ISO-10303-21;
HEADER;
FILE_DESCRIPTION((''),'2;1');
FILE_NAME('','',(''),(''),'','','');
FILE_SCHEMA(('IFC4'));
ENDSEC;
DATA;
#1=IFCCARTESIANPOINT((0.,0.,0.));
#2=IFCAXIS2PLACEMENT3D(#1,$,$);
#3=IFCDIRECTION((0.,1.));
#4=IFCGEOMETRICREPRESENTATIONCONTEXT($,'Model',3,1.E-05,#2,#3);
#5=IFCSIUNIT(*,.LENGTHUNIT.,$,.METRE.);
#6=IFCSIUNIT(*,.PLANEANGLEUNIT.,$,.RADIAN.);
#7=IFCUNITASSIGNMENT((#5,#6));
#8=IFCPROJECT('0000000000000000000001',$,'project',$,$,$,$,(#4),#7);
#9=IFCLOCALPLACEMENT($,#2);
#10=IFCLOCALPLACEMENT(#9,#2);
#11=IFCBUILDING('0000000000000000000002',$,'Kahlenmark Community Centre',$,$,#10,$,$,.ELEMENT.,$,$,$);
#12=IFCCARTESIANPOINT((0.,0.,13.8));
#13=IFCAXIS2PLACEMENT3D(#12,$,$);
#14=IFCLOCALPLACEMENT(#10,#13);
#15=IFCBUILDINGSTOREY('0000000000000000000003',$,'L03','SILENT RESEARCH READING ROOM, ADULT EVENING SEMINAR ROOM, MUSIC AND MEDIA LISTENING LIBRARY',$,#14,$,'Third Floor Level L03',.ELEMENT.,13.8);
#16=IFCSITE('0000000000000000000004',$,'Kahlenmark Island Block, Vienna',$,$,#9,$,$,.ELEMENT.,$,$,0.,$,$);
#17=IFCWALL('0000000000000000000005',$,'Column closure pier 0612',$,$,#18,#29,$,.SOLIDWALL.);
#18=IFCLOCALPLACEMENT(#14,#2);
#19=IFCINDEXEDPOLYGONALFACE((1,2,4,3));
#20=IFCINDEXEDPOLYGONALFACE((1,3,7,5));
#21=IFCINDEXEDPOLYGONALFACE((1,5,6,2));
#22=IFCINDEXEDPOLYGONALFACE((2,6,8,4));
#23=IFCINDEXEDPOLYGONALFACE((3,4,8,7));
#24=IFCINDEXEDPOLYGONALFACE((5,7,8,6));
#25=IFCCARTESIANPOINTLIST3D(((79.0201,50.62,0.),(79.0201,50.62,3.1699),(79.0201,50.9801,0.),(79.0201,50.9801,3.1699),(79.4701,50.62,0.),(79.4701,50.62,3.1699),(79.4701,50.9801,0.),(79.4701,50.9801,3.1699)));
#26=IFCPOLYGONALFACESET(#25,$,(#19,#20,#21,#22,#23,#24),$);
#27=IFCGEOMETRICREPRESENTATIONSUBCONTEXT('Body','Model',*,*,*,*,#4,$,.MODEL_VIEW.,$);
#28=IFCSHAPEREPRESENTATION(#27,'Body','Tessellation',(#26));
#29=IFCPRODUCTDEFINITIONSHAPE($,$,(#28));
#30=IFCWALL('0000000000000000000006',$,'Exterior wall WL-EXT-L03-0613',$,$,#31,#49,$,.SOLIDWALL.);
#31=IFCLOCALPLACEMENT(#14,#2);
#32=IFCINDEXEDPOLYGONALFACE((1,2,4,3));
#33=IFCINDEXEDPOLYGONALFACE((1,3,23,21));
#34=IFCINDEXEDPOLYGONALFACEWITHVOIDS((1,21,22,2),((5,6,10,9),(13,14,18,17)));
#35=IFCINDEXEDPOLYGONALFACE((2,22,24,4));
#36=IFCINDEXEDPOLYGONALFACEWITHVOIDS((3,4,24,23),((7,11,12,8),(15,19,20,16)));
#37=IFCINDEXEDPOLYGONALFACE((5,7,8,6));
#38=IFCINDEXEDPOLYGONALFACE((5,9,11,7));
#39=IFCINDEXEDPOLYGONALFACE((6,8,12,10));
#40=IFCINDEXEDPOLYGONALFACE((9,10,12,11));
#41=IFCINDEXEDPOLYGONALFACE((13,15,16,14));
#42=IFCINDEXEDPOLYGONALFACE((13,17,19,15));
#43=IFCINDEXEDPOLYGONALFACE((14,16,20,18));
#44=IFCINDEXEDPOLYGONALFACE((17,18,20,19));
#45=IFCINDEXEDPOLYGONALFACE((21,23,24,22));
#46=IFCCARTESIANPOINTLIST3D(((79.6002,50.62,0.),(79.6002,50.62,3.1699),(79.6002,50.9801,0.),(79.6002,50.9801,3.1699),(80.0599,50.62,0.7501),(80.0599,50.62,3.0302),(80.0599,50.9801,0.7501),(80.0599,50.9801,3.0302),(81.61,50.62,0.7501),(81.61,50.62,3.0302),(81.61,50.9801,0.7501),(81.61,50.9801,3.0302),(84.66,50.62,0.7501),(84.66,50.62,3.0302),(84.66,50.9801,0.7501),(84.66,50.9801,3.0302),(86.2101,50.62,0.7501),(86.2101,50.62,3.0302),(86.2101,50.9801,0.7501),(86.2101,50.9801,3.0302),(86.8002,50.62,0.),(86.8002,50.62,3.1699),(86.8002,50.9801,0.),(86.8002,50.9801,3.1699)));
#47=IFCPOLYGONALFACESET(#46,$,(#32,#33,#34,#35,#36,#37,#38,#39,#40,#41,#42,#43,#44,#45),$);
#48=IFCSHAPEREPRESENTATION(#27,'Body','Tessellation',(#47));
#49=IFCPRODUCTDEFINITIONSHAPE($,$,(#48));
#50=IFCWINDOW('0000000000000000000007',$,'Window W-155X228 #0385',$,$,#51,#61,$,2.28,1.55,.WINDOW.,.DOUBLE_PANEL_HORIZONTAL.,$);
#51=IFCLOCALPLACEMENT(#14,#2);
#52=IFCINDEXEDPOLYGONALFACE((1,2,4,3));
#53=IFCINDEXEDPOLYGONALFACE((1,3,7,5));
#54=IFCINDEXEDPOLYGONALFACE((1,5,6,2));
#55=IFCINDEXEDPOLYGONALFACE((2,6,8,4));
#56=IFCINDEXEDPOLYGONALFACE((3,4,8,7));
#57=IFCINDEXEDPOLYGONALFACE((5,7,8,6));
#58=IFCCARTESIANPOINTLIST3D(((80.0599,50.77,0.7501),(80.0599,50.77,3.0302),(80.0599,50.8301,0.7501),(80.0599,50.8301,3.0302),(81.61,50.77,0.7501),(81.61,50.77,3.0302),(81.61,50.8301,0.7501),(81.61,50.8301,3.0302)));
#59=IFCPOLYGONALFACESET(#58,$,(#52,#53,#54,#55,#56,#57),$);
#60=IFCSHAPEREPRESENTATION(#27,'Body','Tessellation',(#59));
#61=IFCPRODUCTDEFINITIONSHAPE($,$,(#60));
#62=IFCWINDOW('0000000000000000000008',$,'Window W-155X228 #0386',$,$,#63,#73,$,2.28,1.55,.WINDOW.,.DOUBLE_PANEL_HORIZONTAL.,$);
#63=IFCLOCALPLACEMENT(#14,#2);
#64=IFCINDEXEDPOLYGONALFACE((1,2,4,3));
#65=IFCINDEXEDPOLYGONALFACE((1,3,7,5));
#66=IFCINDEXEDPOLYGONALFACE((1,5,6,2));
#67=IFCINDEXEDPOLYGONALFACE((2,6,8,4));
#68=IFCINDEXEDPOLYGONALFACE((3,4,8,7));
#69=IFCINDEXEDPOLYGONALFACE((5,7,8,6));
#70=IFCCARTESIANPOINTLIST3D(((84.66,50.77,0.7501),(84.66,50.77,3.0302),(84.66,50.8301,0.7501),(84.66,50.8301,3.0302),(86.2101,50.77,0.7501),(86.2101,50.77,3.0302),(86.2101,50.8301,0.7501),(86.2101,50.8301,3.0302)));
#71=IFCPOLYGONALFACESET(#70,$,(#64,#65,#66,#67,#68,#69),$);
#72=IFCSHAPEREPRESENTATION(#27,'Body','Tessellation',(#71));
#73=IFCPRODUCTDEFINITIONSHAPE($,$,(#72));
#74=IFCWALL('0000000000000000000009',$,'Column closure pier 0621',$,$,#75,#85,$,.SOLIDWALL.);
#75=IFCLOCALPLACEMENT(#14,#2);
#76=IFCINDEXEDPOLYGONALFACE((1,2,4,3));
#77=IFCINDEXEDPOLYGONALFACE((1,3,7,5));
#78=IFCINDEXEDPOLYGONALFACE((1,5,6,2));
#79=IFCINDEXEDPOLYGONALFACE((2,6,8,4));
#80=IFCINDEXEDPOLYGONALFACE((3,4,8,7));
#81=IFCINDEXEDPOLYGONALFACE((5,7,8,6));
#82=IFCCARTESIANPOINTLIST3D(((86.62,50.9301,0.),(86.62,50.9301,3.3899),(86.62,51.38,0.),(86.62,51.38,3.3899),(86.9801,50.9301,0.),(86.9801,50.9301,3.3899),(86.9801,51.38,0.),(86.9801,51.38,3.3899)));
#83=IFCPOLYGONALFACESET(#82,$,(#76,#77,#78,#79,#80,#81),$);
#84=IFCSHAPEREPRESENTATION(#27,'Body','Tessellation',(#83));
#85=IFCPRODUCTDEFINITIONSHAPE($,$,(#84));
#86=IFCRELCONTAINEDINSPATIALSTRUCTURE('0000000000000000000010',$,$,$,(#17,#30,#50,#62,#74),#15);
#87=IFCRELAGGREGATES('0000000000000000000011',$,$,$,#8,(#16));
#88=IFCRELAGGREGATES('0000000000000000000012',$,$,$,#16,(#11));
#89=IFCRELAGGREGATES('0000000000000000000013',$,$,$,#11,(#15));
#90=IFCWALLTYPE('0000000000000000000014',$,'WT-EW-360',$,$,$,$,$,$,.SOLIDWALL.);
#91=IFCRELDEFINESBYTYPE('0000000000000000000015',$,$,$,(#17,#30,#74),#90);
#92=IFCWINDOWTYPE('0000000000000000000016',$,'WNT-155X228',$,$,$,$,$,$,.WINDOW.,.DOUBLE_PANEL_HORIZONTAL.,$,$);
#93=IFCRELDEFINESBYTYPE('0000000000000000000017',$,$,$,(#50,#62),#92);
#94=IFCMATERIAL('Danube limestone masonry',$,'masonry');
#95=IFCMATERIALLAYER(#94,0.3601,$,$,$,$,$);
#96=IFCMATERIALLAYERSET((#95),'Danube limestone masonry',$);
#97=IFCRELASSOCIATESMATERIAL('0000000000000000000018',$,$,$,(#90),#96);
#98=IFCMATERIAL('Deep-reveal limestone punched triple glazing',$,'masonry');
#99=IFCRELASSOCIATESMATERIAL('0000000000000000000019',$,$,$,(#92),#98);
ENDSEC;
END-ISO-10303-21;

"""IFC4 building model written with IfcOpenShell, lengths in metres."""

from ifc_helpers import new_model, si_unit, direction, frame, frame_2d, origin, place, context, subcontext, project, spatial, rectangle, extrude, material, layer, layer_set, type_object, element, fill, save


model = new_model("IFC4")

# Units and contexts
model_context = context("Model", 3, precision=1e-05, world=origin(), true_north=direction((0.0, 1.0)))
body_context = subcontext(model_context, "Body", "Model", "MODEL_VIEW")
ifc_project = project(units=[si_unit("LENGTHUNIT", "METRE"), si_unit("PLANEANGLEUNIT", "RADIAN")], contexts=[model_context])

# Site, building, storey
site_placement = place(None, origin())
site = spatial("IfcSite", under=ifc_project, at=site_placement, Name="Kahlenmark Island Block, Vienna", CompositionType="ELEMENT", RefElevation=0.0)
building_placement = place(site_placement, origin())
building = spatial("IfcBuilding", under=site, at=building_placement, Name="Kahlenmark Community Centre", CompositionType="ELEMENT")
storey_placement = place(building_placement, frame((0.0, 0.0, 13.8)))
storey = spatial("IfcBuildingStorey", under=building, at=storey_placement, Name="L03", Description="SILENT RESEARCH READING ROOM, ADULT EVENING SEMINAR ROOM, MUSIC AND MEDIA LISTENING LIBRARY", LongName="Third Floor Level L03", CompositionType="ELEMENT", Elevation=13.8)

# Wall
ifc_material_1 = material(Name="Danube limestone masonry", Category="masonry")
ifc_layer_1 = layer(ifc_material_1, 0.3601)
ifc_layer_set_1 = layer_set([ifc_layer_1], Name="Danube limestone masonry")
wall_type_1 = type_object("IfcWallType", Name="WT-EW-360", PredefinedType="SOLIDWALL", material=ifc_layer_set_1)
wall_1_placement = place(storey_placement, frame((79.02, 50.8, 0.0), z_axis=(0.0, 0.0, 1.0), x_axis=(1.0, 0.0, 0.0)))
element("IfcWall", 1, at=wall_1_placement, inside=storey, type_object=wall_type_1, Name="Column closure pier 0612", PredefinedType="SOLIDWALL", context=body_context, shape_type="SweptSolid", body=[
    extrude(rectangle(XDim=0.45, YDim=0.3601, at=frame_2d((0.2251, 0.0))), origin(), (0.0, 0.0, 1.0), 3.1699),
])

# Wall, openings, windows
wall_2_placement = place(storey_placement, frame((79.6001, 50.8, 0.0), z_axis=(0.0, 0.0, 1.0), x_axis=(1.0, 0.0, 0.0)))
wall_2 = element("IfcWall", 2, at=wall_2_placement, inside=storey, type_object=wall_type_1, Name="Exterior wall WL-EXT-L03-0613", PredefinedType="SOLIDWALL", context=body_context, shape_type="SweptSolid", body=[
    extrude(rectangle(XDim=7.2, YDim=0.3601, at=frame_2d((3.6001, 0.0))), origin(), (0.0, 0.0, 1.0), 3.1699),
])
opening_1_placement = place(wall_2_placement, frame((0.46, 0.0, 0.75)))
opening_1 = element("IfcOpeningElement", 3, at=opening_1_placement, cuts=wall_2, PredefinedType="OPENING", context=body_context, shape_type="SweptSolid", body=[
    extrude(rectangle(XDim=1.55, YDim=2.28, at=frame_2d((0.7749, 1.1401))), frame((0.0, 0.1899, 0.0), z_axis=(0.0, -1.0, 0.0), x_axis=(1.0, 0.0, 0.0)), (0.0, 0.0, 1.0), 0.3801),
])
opening_2_placement = place(wall_2_placement, frame((5.0601, 0.0, 0.75)))
opening_2 = element("IfcOpeningElement", 4, at=opening_2_placement, cuts=wall_2, PredefinedType="OPENING", context=body_context, shape_type="SweptSolid", body=[
    extrude(rectangle(XDim=1.55, YDim=2.28, at=frame_2d((0.7749, 1.1401))), frame((0.0, 0.1899, 0.0), z_axis=(0.0, -1.0, 0.0), x_axis=(1.0, 0.0, 0.0)), (0.0, 0.0, 1.0), 0.3801),
])
ifc_material_2 = material(Name="Deep-reveal limestone punched triple glazing", Category="masonry")
window_type = type_object("IfcWindowType", Name="WNT-155X228", PartitioningType="DOUBLE_PANEL_HORIZONTAL", PredefinedType="WINDOW", material=ifc_material_2)
window_1_placement = place(opening_1_placement, origin())
window_1 = element("IfcWindow", 5, at=window_1_placement, inside=storey, type_object=window_type, Name="Window W-155X228 #0385", OverallHeight=2.28, OverallWidth=1.55, PartitioningType="DOUBLE_PANEL_HORIZONTAL", PredefinedType="WINDOW", context=body_context, shape_type="SweptSolid", body=[
    extrude(rectangle(XDim=1.55, YDim=2.28, at=frame_2d((0.7749, 1.1401))), frame((0.0, 0.03, 0.0), z_axis=(0.0, -1.0, 0.0), x_axis=(1.0, 0.0, 0.0)), (0.0, 0.0, 1.0), 0.0601),
])
fill(opening_1, window_1)
window_2_placement = place(opening_2_placement, origin())
window_2 = element("IfcWindow", 6, at=window_2_placement, inside=storey, type_object=window_type, Name="Window W-155X228 #0386", OverallHeight=2.28, OverallWidth=1.55, PartitioningType="DOUBLE_PANEL_HORIZONTAL", PredefinedType="WINDOW", context=body_context, shape_type="SweptSolid", body=[
    extrude(rectangle(XDim=1.55, YDim=2.28, at=frame_2d((0.7749, 1.1401))), frame((0.0, 0.03, 0.0), z_axis=(0.0, -1.0, 0.0), x_axis=(1.0, 0.0, 0.0)), (0.0, 0.0, 1.0), 0.0601),
])
fill(opening_2, window_2)

# Wall
wall_3_placement = place(storey_placement, frame((86.8, 50.9299, 0.0), z_axis=(0.0, 0.0, 1.0), x_axis=(0.0, 1.0, 0.0)))
element("IfcWall", 7, at=wall_3_placement, inside=storey, type_object=wall_type_1, Name="Column closure pier 0621", PredefinedType="SOLIDWALL", context=body_context, shape_type="SweptSolid", body=[
    extrude(rectangle(XDim=0.45, YDim=0.3601, at=frame_2d((0.2251, 0.0))), origin(), (0.0, 0.0, 1.0), 3.3899),
])

save(model, "model.ifc")
